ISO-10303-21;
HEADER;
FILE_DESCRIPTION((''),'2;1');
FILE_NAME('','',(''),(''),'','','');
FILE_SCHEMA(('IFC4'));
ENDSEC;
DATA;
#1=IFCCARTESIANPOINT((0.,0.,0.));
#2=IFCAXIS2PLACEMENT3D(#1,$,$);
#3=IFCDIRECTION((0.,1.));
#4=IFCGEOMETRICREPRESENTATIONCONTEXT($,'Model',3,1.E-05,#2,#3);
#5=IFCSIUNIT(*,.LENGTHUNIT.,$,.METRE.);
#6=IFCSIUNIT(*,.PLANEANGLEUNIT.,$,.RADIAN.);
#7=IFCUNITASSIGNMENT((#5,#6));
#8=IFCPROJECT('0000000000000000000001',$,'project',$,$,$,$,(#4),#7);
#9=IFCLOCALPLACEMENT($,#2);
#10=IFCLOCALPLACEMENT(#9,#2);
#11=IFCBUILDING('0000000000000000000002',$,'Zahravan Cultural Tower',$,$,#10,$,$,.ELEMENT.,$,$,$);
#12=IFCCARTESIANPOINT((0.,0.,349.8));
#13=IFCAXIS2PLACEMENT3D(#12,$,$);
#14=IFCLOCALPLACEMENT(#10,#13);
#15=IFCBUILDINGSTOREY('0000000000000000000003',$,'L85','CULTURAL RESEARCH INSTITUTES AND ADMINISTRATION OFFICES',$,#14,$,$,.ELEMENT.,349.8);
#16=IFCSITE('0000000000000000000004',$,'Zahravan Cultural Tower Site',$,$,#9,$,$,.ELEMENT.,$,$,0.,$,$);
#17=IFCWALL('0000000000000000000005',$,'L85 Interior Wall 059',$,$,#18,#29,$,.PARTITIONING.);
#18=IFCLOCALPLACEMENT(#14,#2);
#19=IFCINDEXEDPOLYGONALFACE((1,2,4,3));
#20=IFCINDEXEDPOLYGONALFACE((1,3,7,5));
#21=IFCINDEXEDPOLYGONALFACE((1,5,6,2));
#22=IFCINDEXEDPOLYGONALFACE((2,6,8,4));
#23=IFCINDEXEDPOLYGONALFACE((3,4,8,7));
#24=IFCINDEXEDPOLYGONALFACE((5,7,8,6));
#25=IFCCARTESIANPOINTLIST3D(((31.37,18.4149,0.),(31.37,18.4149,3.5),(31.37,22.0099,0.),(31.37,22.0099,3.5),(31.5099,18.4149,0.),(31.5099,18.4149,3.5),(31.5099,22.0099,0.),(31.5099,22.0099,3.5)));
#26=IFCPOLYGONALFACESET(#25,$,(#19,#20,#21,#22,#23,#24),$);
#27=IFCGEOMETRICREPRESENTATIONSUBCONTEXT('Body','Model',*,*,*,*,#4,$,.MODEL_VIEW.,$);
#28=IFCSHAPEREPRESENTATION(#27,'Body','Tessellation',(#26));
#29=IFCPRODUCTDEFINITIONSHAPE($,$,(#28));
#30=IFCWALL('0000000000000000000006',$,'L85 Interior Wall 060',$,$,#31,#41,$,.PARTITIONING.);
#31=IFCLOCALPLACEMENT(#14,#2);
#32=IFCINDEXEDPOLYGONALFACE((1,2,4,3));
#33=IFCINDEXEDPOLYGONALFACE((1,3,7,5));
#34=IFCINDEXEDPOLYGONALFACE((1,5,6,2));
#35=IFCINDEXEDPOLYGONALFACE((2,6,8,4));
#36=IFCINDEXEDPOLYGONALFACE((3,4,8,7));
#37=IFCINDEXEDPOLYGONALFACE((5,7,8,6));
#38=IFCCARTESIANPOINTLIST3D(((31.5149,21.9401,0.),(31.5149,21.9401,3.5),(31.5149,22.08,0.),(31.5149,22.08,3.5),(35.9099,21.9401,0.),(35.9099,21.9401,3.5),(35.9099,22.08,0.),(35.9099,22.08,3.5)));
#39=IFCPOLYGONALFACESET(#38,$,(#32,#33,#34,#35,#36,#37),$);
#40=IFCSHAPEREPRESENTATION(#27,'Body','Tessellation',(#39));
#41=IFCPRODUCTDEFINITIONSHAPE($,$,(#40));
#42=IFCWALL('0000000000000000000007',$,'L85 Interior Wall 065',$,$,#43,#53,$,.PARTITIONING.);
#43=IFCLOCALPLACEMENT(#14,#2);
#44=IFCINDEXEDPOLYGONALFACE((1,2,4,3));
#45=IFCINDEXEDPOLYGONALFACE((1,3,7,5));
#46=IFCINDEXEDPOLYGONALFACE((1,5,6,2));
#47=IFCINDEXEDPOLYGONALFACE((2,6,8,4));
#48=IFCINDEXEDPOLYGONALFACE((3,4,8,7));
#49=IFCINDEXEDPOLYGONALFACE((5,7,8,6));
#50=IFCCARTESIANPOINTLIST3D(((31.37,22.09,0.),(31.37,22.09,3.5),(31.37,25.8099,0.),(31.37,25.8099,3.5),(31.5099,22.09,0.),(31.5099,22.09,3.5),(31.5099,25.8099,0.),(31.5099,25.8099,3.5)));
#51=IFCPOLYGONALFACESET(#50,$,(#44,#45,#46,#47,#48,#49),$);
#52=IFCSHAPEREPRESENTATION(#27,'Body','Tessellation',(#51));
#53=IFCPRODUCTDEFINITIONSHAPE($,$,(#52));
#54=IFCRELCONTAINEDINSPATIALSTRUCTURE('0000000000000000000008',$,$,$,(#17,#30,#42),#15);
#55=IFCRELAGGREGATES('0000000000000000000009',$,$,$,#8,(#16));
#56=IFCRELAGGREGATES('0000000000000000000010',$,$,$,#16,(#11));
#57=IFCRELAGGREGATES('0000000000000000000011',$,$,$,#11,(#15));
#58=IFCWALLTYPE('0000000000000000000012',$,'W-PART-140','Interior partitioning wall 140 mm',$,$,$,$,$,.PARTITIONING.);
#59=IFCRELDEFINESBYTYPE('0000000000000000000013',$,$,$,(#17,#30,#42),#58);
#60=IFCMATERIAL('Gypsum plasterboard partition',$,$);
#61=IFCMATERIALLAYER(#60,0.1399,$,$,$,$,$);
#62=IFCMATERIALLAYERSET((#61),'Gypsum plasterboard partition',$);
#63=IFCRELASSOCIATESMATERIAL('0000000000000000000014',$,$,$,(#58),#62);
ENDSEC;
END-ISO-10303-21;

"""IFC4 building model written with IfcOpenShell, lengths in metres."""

from ifc_helpers import new_model, si_unit, direction, frame, frame_2d, origin, place, context, subcontext, project, spatial, rectangle, extrude, source, transform, mapped, material, layer, layer_set, type_object, element, save


model = new_model("IFC4")

# Units and contexts
model_context = context("Model", 3, precision=1e-05, world=origin(), true_north=direction((0.0, 1.0)))
body_context = subcontext(model_context, "Body", "Model", "MODEL_VIEW")
ifc_project = project(units=[si_unit("LENGTHUNIT", "METRE"), si_unit("PLANEANGLEUNIT", "RADIAN")], contexts=[model_context])

# Site, building, storey
site_placement = place(None, origin())
site = spatial("IfcSite", under=ifc_project, at=site_placement, Name="Zahravan Cultural Tower Site", CompositionType="ELEMENT", RefElevation=0.0)
building_placement = place(site_placement, origin())
building = spatial("IfcBuilding", under=site, at=building_placement, Name="Zahravan Cultural Tower", CompositionType="ELEMENT")
storey_placement = place(building_placement, frame((0.0, 0.0, 349.8)))
storey = spatial("IfcBuildingStorey", under=building, at=storey_placement, Name="L85", Description="CULTURAL RESEARCH INSTITUTES AND ADMINISTRATION OFFICES", CompositionType="ELEMENT", Elevation=349.8)

# Shared definitions
ifc_material_1 = material(Name="Gypsum plasterboard partition")
ifc_layer_1 = layer(ifc_material_1, 0.1399)
ifc_layer_set_1 = layer_set([ifc_layer_1], Name="Gypsum plasterboard partition")
wall_type_1 = type_object("IfcWallType", Name="W-PART-140", Description="Interior partitioning wall 140 mm", PredefinedType="PARTITIONING", material=ifc_layer_set_1)

# Walls
shared_shape_1 = source(origin(), body_context, "Body", "SweptSolid", [
    extrude(rectangle(XDim=3.595, YDim=0.1399, at=frame_2d((1.7974, 0.0))), origin(), (0.0, 0.0, 1.0), 3.5),
])
wall_1_placement = place(storey_placement, frame((31.4399, 18.415, 0.0), z_axis=(0.0, 0.0, 1.0), x_axis=(0.0, 1.0, 0.0)))
element("IfcWall", 1, at=wall_1_placement, inside=storey, type_object=wall_type_1, Name="L85 Interior Wall 059", PredefinedType="PARTITIONING", context=body_context, shape_type="MappedRepresentation", body=[
    mapped(shared_shape_1, transform((0.0, 0.0, 0.0), x_axis=(1.0, 0.0, 0.0), y_axis=(0.0, 1.0, 0.0), z_axis=(0.0, 0.0, 1.0), scale=1.0)),
])
shared_shape_2 = source(origin(), body_context, "Body", "SweptSolid", [
    extrude(rectangle(XDim=4.395, YDim=0.1399, at=frame_2d((2.1975, 0.0))), origin(), (0.0, 0.0, 1.0), 3.5),
])
wall_2_placement = place(storey_placement, frame((31.5149, 22.01, 0.0), z_axis=(0.0, 0.0, 1.0), x_axis=(1.0, 0.0, 0.0)))
element("IfcWall", 2, at=wall_2_placement, inside=storey, type_object=wall_type_1, Name="L85 Interior Wall 060", PredefinedType="PARTITIONING", context=body_context, shape_type="MappedRepresentation", body=[
    mapped(shared_shape_2, transform((0.0, 0.0, 0.0), x_axis=(1.0, 0.0, 0.0), y_axis=(0.0, 1.0, 0.0), z_axis=(0.0, 0.0, 1.0), scale=1.0)),
])
shared_shape_3 = source(origin(), body_context, "Body", "SweptSolid", [
    extrude(rectangle(XDim=3.72, YDim=0.1399, at=frame_2d((1.8599, 0.0))), origin(), (0.0, 0.0, 1.0), 3.5),
])
wall_3_placement = place(storey_placement, frame((31.4399, 22.0901, 0.0), z_axis=(0.0, 0.0, 1.0), x_axis=(0.0, 1.0, 0.0)))
element("IfcWall", 3, at=wall_3_placement, inside=storey, type_object=wall_type_1, Name="L85 Interior Wall 065", PredefinedType="PARTITIONING", context=body_context, shape_type="MappedRepresentation", body=[
    mapped(shared_shape_3, transform((0.0, 0.0, 0.0), x_axis=(1.0, 0.0, 0.0), y_axis=(0.0, 1.0, 0.0), z_axis=(0.0, 0.0, 1.0), scale=1.0)),
])

save(model, "model.ifc")
